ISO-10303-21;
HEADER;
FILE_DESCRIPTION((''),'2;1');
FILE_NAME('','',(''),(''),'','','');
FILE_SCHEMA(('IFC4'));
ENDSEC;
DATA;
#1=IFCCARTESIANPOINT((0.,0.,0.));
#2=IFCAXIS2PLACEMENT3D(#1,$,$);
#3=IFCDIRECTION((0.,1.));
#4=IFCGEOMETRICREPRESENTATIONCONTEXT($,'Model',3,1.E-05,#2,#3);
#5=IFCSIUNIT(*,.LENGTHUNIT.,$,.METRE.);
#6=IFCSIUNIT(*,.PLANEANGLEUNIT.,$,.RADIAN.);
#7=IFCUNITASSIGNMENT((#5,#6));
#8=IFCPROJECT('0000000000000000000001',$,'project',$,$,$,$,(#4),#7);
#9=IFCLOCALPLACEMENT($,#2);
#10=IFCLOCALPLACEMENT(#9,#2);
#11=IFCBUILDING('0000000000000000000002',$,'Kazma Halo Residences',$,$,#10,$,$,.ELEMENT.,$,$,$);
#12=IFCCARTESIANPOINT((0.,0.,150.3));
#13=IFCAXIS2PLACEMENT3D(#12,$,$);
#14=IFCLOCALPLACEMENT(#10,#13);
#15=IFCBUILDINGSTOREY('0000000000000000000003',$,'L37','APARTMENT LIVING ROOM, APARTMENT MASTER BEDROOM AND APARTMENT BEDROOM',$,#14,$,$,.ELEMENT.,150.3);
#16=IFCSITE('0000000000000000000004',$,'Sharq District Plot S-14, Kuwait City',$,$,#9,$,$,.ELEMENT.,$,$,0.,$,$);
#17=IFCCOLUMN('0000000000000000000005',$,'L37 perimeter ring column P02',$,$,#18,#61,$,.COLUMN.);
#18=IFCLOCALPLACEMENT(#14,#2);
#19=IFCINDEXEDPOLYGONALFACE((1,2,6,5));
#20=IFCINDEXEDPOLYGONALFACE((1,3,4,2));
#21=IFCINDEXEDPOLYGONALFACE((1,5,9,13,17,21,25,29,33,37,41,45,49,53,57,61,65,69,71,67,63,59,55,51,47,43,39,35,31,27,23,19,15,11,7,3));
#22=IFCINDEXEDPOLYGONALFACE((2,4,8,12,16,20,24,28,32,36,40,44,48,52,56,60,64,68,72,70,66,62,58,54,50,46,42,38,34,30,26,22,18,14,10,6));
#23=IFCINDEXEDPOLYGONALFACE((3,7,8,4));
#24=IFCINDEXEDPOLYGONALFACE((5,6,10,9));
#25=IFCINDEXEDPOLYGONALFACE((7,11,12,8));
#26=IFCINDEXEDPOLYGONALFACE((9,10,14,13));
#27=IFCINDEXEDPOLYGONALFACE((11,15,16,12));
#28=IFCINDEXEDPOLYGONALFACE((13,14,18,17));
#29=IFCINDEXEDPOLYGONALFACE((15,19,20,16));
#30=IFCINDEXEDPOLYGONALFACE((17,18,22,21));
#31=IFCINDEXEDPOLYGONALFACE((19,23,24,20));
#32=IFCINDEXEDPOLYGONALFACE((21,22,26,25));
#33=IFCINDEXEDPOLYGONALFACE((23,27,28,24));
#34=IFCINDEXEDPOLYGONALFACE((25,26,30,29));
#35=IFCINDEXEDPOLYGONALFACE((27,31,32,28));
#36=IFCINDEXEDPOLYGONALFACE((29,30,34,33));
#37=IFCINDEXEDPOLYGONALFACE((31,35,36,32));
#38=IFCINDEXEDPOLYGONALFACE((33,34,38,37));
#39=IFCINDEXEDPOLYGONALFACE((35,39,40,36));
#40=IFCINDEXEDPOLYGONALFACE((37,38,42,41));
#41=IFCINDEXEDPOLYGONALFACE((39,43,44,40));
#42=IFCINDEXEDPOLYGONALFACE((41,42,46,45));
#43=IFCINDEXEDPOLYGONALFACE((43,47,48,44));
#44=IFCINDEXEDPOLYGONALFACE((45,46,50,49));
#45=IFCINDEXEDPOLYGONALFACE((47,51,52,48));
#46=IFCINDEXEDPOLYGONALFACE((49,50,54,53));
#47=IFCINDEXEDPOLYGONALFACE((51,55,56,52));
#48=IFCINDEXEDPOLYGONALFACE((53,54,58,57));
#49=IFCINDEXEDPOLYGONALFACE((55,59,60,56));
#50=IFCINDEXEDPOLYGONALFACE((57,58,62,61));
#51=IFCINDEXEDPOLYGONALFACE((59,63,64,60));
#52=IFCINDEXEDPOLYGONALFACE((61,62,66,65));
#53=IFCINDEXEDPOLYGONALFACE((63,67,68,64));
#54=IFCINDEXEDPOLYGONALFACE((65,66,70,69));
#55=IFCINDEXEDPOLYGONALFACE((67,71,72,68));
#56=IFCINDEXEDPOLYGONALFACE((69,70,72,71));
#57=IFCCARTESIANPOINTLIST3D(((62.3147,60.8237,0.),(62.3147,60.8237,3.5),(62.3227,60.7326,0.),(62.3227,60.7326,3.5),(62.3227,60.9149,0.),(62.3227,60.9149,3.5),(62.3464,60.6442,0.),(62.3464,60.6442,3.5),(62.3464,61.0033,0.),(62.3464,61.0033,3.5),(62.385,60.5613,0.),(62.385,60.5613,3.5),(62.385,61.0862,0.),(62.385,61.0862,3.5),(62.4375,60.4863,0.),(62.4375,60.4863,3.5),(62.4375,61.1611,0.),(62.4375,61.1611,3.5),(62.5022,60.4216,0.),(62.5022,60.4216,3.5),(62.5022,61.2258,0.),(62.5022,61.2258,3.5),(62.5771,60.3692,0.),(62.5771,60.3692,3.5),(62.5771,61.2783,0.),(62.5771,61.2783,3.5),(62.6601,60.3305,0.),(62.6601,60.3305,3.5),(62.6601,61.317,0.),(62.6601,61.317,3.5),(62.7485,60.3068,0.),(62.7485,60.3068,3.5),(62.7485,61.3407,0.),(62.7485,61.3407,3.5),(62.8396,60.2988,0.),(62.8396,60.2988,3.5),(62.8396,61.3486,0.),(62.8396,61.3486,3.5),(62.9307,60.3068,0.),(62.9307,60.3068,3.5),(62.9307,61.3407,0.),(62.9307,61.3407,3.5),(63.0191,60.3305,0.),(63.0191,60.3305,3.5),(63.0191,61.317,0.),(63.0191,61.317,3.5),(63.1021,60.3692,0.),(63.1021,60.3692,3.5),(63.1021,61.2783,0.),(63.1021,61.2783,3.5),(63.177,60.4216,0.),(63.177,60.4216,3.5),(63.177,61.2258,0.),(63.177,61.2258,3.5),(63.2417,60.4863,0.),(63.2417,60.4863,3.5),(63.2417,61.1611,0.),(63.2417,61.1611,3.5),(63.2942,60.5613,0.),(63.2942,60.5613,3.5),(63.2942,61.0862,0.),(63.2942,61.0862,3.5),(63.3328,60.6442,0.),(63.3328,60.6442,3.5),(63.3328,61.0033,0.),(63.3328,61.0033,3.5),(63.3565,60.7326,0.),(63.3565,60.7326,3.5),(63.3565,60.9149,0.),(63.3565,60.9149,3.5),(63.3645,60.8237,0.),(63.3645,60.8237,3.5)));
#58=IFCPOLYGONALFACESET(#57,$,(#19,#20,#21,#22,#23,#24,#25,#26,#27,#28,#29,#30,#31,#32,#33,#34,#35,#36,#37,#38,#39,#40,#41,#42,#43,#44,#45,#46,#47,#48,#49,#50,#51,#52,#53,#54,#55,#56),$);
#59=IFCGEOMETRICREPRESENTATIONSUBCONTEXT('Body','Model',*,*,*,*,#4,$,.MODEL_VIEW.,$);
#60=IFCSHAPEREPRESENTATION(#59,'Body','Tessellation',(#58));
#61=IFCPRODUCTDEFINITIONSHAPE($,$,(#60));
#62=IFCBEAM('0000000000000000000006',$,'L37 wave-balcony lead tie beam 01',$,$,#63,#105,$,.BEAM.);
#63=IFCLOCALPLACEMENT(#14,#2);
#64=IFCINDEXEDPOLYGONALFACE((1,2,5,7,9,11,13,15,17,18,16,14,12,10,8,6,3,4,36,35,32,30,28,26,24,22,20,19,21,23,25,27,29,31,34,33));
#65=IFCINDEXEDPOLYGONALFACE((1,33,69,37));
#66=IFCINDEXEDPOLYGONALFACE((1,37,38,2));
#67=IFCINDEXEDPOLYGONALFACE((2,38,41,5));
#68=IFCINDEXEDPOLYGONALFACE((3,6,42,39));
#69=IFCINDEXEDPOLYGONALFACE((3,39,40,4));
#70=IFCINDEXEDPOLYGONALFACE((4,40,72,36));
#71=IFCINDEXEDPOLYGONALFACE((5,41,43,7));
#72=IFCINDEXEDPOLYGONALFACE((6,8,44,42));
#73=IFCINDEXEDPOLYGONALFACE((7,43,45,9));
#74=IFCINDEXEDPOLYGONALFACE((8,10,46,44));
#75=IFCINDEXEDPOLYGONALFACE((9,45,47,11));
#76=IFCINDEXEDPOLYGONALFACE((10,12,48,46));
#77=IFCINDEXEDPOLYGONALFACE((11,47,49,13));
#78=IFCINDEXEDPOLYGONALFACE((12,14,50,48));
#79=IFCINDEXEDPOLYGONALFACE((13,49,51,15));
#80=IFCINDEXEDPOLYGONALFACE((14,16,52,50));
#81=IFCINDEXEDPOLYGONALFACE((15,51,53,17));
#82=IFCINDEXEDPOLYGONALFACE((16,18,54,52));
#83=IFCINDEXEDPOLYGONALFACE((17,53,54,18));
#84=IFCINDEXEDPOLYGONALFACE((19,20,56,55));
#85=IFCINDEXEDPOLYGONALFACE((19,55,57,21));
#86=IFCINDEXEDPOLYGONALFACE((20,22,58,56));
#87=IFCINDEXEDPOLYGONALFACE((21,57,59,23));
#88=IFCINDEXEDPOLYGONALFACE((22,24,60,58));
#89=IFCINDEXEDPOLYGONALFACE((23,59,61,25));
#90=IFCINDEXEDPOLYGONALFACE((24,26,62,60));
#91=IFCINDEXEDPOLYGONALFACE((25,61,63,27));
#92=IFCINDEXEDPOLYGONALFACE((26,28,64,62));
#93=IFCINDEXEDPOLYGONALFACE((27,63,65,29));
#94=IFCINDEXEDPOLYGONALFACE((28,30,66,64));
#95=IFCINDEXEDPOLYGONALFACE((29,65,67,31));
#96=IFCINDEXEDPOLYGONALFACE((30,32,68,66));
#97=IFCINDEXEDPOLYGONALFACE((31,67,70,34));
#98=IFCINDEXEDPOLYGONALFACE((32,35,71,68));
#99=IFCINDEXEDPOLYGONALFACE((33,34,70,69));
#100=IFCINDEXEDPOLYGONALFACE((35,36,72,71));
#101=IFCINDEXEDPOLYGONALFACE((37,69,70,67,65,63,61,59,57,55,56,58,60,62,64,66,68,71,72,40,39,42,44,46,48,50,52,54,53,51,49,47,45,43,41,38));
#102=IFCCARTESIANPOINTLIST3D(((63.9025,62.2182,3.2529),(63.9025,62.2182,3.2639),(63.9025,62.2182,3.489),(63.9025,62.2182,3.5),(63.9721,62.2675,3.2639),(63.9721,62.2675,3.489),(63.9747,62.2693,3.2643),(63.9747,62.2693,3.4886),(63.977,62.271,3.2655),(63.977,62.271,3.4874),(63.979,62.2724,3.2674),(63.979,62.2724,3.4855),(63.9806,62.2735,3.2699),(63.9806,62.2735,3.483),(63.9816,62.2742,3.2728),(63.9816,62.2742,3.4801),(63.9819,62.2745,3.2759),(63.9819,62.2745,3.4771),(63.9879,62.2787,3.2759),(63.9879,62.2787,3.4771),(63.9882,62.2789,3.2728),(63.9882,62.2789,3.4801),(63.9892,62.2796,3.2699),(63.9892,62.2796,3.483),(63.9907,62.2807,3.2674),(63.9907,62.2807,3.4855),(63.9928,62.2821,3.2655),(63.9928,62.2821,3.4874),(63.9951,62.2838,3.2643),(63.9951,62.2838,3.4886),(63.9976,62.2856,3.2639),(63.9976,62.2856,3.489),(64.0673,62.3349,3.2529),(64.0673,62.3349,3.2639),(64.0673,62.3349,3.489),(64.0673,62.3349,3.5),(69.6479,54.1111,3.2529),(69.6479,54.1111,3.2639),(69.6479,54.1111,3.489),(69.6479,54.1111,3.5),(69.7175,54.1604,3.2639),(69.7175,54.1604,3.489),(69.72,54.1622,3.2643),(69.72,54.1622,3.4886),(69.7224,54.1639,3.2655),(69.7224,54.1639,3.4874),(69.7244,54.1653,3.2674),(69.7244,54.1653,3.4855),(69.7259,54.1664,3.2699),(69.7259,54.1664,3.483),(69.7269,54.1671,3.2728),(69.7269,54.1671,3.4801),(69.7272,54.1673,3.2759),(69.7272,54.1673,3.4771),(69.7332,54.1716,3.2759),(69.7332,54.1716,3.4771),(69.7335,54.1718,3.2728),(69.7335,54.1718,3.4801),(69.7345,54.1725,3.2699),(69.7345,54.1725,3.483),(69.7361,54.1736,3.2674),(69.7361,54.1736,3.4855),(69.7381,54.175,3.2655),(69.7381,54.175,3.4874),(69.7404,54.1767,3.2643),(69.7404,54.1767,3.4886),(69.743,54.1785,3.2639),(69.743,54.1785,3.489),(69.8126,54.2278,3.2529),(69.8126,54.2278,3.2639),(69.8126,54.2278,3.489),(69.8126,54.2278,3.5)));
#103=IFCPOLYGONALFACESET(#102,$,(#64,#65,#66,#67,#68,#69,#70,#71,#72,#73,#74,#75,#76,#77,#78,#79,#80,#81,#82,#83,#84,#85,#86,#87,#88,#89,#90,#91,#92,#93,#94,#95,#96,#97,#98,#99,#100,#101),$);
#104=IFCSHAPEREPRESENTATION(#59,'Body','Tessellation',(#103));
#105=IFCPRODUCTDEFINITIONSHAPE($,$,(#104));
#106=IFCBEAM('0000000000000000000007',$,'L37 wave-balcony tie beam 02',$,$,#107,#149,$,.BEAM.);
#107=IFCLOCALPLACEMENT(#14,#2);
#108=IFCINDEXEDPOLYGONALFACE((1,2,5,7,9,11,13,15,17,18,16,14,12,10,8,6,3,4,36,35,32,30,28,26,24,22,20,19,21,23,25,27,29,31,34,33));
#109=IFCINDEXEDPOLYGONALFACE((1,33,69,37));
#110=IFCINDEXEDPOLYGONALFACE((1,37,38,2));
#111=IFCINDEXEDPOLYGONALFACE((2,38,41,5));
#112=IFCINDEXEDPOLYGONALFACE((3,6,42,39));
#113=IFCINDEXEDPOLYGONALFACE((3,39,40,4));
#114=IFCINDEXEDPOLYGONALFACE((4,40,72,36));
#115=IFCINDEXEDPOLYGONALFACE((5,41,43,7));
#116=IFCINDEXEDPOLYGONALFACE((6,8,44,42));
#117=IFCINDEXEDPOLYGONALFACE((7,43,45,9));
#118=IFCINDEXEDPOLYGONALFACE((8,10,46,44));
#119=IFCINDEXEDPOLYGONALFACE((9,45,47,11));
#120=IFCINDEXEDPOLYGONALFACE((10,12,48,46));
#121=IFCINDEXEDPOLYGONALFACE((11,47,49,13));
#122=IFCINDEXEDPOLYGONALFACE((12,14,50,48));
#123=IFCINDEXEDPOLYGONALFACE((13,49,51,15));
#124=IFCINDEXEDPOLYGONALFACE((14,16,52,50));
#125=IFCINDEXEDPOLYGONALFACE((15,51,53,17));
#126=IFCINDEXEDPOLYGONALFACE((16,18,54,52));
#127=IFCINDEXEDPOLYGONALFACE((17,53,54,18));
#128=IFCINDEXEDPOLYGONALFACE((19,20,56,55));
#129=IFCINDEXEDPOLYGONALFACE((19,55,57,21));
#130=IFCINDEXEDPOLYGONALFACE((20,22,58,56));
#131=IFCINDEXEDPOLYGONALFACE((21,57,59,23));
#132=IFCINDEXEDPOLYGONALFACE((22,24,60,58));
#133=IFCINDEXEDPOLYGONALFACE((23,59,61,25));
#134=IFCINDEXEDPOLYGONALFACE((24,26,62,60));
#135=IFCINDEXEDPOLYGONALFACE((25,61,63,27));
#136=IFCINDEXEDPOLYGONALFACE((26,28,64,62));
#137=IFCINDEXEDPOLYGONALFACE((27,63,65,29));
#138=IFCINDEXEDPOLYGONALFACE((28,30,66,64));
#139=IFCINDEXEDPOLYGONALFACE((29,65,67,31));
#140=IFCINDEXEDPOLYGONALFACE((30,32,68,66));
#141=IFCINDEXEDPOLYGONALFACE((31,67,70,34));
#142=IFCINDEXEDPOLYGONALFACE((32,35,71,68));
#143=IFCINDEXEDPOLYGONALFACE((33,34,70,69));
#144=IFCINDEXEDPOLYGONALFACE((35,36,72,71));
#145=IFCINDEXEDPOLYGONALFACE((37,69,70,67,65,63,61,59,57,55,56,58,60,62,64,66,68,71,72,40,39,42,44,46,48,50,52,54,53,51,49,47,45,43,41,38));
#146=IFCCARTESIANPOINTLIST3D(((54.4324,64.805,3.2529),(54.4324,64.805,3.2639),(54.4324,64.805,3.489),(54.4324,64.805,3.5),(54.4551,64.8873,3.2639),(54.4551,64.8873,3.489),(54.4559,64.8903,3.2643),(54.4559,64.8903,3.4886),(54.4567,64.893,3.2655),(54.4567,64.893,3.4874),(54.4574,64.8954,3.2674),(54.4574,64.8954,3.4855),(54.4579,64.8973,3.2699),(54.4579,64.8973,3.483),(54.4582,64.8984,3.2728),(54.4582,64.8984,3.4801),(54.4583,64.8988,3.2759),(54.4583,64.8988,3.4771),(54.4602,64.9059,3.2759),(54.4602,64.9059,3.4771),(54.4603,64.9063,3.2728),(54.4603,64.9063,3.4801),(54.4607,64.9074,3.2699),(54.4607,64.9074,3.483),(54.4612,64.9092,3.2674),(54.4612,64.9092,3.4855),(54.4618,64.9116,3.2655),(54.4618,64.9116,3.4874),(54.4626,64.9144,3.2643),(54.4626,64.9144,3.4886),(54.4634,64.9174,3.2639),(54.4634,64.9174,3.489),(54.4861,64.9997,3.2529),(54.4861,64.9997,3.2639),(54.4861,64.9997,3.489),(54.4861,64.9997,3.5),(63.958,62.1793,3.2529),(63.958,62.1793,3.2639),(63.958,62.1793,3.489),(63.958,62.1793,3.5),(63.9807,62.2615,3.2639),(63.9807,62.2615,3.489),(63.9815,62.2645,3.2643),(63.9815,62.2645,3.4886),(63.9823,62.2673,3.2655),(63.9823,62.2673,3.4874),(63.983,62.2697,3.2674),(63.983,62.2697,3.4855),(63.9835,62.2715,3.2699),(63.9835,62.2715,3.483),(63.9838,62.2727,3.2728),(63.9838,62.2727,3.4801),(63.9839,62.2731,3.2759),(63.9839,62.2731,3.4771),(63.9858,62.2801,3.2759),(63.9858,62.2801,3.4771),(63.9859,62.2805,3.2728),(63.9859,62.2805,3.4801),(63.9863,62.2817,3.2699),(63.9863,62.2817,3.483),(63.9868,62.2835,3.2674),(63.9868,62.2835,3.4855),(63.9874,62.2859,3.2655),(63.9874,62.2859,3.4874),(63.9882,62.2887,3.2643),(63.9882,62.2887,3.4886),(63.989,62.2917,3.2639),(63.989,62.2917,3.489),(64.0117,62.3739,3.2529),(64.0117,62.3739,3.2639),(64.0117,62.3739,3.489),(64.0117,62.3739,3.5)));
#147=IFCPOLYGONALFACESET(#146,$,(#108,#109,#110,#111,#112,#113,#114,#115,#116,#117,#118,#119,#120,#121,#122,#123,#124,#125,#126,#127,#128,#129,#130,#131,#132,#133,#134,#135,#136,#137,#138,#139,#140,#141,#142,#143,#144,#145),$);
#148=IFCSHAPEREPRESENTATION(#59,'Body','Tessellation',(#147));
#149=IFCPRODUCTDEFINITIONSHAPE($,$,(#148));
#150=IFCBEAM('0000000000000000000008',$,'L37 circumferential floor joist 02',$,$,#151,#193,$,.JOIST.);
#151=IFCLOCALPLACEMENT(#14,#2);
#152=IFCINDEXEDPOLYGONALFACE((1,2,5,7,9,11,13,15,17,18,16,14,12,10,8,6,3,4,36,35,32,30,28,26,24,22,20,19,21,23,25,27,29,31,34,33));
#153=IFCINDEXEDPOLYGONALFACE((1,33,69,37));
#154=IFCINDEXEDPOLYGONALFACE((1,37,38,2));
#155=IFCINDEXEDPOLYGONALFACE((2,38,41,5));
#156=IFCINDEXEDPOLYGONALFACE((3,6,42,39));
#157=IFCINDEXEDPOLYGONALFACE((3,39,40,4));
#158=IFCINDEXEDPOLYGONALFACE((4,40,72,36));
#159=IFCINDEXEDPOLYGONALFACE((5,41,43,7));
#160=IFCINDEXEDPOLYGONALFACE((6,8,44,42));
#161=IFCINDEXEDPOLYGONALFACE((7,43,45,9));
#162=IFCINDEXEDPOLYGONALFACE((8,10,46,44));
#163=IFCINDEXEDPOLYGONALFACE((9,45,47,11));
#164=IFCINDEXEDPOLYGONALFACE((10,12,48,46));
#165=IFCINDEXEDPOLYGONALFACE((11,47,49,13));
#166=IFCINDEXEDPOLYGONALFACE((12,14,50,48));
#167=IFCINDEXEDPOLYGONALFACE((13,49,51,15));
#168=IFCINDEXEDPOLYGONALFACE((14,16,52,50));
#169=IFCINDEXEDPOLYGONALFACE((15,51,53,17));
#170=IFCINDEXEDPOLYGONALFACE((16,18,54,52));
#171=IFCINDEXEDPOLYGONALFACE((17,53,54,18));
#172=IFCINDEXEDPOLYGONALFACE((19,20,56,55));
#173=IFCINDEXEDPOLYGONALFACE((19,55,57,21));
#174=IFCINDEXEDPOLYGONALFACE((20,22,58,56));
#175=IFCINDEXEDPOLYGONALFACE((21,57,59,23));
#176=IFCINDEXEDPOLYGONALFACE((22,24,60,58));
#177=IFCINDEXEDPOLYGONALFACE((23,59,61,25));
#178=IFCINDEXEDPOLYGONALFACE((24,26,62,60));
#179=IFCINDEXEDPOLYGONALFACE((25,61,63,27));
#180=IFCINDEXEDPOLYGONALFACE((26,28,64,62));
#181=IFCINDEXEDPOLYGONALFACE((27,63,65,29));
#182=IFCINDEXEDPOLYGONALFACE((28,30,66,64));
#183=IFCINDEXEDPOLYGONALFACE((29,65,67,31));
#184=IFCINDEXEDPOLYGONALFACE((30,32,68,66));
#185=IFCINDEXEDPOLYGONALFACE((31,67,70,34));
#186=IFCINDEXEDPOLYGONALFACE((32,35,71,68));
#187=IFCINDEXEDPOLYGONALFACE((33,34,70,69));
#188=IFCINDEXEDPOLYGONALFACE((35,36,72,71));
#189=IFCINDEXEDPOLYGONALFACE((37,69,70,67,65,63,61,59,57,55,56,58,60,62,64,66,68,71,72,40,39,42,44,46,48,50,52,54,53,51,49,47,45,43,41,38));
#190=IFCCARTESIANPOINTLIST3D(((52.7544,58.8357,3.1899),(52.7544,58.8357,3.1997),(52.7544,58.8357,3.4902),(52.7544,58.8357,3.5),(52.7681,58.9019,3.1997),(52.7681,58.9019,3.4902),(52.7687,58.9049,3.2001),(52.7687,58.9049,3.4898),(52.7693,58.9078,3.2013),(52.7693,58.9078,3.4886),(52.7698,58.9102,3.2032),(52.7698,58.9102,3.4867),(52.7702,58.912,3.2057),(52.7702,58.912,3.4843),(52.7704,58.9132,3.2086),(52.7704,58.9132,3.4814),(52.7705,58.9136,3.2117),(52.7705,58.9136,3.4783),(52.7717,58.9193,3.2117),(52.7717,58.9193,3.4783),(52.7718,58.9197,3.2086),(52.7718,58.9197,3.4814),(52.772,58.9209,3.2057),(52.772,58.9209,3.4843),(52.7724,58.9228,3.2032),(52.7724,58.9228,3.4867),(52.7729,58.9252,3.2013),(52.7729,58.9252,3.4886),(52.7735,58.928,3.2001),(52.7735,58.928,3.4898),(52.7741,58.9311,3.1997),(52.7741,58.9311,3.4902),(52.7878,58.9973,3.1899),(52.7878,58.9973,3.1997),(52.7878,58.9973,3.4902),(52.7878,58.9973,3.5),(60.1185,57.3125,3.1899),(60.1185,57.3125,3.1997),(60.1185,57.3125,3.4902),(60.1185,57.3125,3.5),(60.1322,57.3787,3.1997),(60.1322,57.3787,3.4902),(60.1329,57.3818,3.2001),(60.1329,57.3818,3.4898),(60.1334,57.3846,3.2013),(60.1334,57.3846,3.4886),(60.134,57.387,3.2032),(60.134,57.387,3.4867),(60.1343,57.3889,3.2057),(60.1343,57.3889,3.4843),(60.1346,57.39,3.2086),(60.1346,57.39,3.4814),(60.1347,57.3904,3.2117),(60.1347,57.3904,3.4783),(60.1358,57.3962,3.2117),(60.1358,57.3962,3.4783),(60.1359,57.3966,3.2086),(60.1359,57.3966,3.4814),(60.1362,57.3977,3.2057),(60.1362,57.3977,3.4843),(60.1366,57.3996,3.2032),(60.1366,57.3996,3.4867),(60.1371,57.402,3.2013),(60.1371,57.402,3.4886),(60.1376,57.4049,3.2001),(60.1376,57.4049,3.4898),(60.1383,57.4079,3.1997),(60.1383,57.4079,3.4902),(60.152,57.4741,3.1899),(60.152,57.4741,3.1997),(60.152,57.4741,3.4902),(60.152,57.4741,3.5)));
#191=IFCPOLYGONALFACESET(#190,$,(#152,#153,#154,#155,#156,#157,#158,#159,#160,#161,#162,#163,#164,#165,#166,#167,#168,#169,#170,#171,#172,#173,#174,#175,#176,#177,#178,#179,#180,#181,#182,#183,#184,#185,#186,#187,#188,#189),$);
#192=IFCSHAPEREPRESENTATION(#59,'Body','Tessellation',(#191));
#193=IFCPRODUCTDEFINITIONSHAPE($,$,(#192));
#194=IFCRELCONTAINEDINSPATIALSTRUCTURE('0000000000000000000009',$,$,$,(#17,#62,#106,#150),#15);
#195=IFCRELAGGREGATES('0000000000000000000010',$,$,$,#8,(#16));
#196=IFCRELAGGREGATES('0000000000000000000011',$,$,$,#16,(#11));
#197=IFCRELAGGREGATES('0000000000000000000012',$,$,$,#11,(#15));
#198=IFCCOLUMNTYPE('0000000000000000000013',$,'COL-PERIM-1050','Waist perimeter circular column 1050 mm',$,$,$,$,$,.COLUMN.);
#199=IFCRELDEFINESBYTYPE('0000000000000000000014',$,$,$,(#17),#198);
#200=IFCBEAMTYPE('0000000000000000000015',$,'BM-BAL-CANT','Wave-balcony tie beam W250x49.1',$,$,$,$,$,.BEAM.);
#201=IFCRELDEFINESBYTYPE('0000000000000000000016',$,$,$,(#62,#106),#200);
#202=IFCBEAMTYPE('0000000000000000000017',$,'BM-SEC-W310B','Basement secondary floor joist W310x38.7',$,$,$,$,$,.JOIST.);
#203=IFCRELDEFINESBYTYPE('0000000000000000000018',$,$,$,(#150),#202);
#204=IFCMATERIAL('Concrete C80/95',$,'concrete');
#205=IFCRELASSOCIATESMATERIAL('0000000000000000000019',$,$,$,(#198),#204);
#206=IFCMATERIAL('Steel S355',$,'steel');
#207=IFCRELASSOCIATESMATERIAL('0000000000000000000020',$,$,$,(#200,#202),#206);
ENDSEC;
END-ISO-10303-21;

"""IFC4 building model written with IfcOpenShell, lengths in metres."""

from ifc_helpers import new_model, si_unit, direction, frame, origin, origin_2d, place, context, subcontext, project, spatial, circle, i_section, extrude, material, material_profile, profile_set, type_object, element, save


model = new_model("IFC4")

# Units and contexts
model_context = context("Model", 3, precision=1e-05, world=origin(), true_north=direction((0.0, 1.0)))
body_context = subcontext(model_context, "Body", "Model", "MODEL_VIEW")
ifc_project = project(units=[si_unit("LENGTHUNIT", "METRE"), si_unit("PLANEANGLEUNIT", "RADIAN")], contexts=[model_context])

# Site, building, storey
site_placement = place(None, origin())
site = spatial("IfcSite", under=ifc_project, at=site_placement, Name="Sharq District Plot S-14, Kuwait City", CompositionType="ELEMENT", RefElevation=0.0)
building_placement = place(site_placement, origin())
building = spatial("IfcBuilding", under=site, at=building_placement, Name="Kazma Halo Residences", CompositionType="ELEMENT")
storey_placement = place(building_placement, frame((0.0, 0.0, 150.3)))
storey = spatial("IfcBuildingStorey", under=building, at=storey_placement, Name="L37", Description="APARTMENT LIVING ROOM, APARTMENT MASTER BEDROOM AND APARTMENT BEDROOM", CompositionType="ELEMENT", Elevation=150.3)

# Column
ifc_material_1 = material(Name="Concrete C80/95", Category="concrete")
ifc_material_profile_1 = material_profile(ifc_material_1, circle(Radius=0.5249, at=origin_2d()), Name="CIRC1050")
ifc_profile_set_1 = profile_set([ifc_material_profile_1], Name="Concrete C80/95")
column_type = type_object("IfcColumnType", Name="COL-PERIM-1050", Description="Waist perimeter circular column 1050 mm", PredefinedType="COLUMN", material=ifc_profile_set_1)
column_placement = place(storey_placement, frame((62.8396, 60.8237, 0.0), z_axis=(0.0, 0.0, 1.0), x_axis=(1.0, 0.0, 0.0)))
element("IfcColumn", 1, at=column_placement, inside=storey, type_object=column_type, Name="L37 perimeter ring column P02", PredefinedType="COLUMN", context=body_context, shape_type="SweptSolid", body=[
    extrude(circle(Radius=0.5249, at=origin_2d()), origin(), (0.0, 0.0, 1.0), 3.5),
])

# Beams
ifc_material_2 = material(Name="Steel S355", Category="steel")
ifc_material_profile_2 = material_profile(ifc_material_2, i_section(OverallWidth=0.2019, OverallDepth=0.2471, WebThickness=0.0073, FlangeThickness=0.011, FilletRadius=0.012, at=origin_2d()), Name="W250x49.1")
ifc_profile_set_2 = profile_set([ifc_material_profile_2], Name="Steel S355")
beam_type_1 = type_object("IfcBeamType", Name="BM-BAL-CANT", Description="Wave-balcony tie beam W250x49.1", PredefinedType="BEAM", material=ifc_profile_set_2)
beam_1_placement = place(storey_placement, frame((69.7302, 54.1694, 3.3765), z_axis=(-0.578203, 0.815893, 0.0), x_axis=(-0.815893, -0.578203, 0.0)))
element("IfcBeam", 2, at=beam_1_placement, inside=storey, type_object=beam_type_1, Name="L37 wave-balcony lead tie beam 01", PredefinedType="BEAM", context=body_context, shape_type="SweptSolid", body=[
    extrude(i_section(OverallWidth=0.2019, OverallDepth=0.2471, WebThickness=0.0073, FlangeThickness=0.011, FilletRadius=0.012, at=origin_2d()), origin(), (0.0, 0.0, 1.0), 9.9365),
])
beam_2_placement = place(storey_placement, frame((63.9849, 62.2766, 3.3765), z_axis=(-0.964045, 0.265738, 0.0), x_axis=(-0.265738, -0.964045, 0.0)))
element("IfcBeam", 3, at=beam_2_placement, inside=storey, type_object=beam_type_1, Name="L37 wave-balcony tie beam 02", PredefinedType="BEAM", context=body_context, shape_type="SweptSolid", body=[
    extrude(i_section(OverallWidth=0.2019, OverallDepth=0.2471, WebThickness=0.0073, FlangeThickness=0.011, FilletRadius=0.012, at=origin_2d()), origin(), (0.0, 0.0, 1.0), 9.8809),
])
ifc_material_profile_3 = material_profile(ifc_material_2, i_section(OverallWidth=0.165, OverallDepth=0.3101, WebThickness=0.0059, FlangeThickness=0.0098, FilletRadius=0.012, at=origin_2d()), Name="W310x38.7")
ifc_profile_set_3 = profile_set([ifc_material_profile_3], Name="Steel S355")
beam_type_2 = type_object("IfcBeamType", Name="BM-SEC-W310B", Description="Basement secondary floor joist W310x38.7", PredefinedType="JOIST", material=ifc_profile_set_3)
beam_3_placement = place(storey_placement, frame((60.1353, 57.3933, 3.345), z_axis=(-0.979272, 0.202549, 0.0), x_axis=(-0.202549, -0.979272, 0.0)))
element("IfcBeam", 4, at=beam_3_placement, inside=storey, type_object=beam_type_2, Name="L37 circumferential floor joist 02", PredefinedType="JOIST", context=body_context, shape_type="SweptSolid", body=[
    extrude(i_section(OverallWidth=0.165, OverallDepth=0.3101, WebThickness=0.0059, FlangeThickness=0.0098, FilletRadius=0.012, at=origin_2d()), origin(), (0.0, 0.0, 1.0), 7.52),
])

save(model, "model.ifc")
